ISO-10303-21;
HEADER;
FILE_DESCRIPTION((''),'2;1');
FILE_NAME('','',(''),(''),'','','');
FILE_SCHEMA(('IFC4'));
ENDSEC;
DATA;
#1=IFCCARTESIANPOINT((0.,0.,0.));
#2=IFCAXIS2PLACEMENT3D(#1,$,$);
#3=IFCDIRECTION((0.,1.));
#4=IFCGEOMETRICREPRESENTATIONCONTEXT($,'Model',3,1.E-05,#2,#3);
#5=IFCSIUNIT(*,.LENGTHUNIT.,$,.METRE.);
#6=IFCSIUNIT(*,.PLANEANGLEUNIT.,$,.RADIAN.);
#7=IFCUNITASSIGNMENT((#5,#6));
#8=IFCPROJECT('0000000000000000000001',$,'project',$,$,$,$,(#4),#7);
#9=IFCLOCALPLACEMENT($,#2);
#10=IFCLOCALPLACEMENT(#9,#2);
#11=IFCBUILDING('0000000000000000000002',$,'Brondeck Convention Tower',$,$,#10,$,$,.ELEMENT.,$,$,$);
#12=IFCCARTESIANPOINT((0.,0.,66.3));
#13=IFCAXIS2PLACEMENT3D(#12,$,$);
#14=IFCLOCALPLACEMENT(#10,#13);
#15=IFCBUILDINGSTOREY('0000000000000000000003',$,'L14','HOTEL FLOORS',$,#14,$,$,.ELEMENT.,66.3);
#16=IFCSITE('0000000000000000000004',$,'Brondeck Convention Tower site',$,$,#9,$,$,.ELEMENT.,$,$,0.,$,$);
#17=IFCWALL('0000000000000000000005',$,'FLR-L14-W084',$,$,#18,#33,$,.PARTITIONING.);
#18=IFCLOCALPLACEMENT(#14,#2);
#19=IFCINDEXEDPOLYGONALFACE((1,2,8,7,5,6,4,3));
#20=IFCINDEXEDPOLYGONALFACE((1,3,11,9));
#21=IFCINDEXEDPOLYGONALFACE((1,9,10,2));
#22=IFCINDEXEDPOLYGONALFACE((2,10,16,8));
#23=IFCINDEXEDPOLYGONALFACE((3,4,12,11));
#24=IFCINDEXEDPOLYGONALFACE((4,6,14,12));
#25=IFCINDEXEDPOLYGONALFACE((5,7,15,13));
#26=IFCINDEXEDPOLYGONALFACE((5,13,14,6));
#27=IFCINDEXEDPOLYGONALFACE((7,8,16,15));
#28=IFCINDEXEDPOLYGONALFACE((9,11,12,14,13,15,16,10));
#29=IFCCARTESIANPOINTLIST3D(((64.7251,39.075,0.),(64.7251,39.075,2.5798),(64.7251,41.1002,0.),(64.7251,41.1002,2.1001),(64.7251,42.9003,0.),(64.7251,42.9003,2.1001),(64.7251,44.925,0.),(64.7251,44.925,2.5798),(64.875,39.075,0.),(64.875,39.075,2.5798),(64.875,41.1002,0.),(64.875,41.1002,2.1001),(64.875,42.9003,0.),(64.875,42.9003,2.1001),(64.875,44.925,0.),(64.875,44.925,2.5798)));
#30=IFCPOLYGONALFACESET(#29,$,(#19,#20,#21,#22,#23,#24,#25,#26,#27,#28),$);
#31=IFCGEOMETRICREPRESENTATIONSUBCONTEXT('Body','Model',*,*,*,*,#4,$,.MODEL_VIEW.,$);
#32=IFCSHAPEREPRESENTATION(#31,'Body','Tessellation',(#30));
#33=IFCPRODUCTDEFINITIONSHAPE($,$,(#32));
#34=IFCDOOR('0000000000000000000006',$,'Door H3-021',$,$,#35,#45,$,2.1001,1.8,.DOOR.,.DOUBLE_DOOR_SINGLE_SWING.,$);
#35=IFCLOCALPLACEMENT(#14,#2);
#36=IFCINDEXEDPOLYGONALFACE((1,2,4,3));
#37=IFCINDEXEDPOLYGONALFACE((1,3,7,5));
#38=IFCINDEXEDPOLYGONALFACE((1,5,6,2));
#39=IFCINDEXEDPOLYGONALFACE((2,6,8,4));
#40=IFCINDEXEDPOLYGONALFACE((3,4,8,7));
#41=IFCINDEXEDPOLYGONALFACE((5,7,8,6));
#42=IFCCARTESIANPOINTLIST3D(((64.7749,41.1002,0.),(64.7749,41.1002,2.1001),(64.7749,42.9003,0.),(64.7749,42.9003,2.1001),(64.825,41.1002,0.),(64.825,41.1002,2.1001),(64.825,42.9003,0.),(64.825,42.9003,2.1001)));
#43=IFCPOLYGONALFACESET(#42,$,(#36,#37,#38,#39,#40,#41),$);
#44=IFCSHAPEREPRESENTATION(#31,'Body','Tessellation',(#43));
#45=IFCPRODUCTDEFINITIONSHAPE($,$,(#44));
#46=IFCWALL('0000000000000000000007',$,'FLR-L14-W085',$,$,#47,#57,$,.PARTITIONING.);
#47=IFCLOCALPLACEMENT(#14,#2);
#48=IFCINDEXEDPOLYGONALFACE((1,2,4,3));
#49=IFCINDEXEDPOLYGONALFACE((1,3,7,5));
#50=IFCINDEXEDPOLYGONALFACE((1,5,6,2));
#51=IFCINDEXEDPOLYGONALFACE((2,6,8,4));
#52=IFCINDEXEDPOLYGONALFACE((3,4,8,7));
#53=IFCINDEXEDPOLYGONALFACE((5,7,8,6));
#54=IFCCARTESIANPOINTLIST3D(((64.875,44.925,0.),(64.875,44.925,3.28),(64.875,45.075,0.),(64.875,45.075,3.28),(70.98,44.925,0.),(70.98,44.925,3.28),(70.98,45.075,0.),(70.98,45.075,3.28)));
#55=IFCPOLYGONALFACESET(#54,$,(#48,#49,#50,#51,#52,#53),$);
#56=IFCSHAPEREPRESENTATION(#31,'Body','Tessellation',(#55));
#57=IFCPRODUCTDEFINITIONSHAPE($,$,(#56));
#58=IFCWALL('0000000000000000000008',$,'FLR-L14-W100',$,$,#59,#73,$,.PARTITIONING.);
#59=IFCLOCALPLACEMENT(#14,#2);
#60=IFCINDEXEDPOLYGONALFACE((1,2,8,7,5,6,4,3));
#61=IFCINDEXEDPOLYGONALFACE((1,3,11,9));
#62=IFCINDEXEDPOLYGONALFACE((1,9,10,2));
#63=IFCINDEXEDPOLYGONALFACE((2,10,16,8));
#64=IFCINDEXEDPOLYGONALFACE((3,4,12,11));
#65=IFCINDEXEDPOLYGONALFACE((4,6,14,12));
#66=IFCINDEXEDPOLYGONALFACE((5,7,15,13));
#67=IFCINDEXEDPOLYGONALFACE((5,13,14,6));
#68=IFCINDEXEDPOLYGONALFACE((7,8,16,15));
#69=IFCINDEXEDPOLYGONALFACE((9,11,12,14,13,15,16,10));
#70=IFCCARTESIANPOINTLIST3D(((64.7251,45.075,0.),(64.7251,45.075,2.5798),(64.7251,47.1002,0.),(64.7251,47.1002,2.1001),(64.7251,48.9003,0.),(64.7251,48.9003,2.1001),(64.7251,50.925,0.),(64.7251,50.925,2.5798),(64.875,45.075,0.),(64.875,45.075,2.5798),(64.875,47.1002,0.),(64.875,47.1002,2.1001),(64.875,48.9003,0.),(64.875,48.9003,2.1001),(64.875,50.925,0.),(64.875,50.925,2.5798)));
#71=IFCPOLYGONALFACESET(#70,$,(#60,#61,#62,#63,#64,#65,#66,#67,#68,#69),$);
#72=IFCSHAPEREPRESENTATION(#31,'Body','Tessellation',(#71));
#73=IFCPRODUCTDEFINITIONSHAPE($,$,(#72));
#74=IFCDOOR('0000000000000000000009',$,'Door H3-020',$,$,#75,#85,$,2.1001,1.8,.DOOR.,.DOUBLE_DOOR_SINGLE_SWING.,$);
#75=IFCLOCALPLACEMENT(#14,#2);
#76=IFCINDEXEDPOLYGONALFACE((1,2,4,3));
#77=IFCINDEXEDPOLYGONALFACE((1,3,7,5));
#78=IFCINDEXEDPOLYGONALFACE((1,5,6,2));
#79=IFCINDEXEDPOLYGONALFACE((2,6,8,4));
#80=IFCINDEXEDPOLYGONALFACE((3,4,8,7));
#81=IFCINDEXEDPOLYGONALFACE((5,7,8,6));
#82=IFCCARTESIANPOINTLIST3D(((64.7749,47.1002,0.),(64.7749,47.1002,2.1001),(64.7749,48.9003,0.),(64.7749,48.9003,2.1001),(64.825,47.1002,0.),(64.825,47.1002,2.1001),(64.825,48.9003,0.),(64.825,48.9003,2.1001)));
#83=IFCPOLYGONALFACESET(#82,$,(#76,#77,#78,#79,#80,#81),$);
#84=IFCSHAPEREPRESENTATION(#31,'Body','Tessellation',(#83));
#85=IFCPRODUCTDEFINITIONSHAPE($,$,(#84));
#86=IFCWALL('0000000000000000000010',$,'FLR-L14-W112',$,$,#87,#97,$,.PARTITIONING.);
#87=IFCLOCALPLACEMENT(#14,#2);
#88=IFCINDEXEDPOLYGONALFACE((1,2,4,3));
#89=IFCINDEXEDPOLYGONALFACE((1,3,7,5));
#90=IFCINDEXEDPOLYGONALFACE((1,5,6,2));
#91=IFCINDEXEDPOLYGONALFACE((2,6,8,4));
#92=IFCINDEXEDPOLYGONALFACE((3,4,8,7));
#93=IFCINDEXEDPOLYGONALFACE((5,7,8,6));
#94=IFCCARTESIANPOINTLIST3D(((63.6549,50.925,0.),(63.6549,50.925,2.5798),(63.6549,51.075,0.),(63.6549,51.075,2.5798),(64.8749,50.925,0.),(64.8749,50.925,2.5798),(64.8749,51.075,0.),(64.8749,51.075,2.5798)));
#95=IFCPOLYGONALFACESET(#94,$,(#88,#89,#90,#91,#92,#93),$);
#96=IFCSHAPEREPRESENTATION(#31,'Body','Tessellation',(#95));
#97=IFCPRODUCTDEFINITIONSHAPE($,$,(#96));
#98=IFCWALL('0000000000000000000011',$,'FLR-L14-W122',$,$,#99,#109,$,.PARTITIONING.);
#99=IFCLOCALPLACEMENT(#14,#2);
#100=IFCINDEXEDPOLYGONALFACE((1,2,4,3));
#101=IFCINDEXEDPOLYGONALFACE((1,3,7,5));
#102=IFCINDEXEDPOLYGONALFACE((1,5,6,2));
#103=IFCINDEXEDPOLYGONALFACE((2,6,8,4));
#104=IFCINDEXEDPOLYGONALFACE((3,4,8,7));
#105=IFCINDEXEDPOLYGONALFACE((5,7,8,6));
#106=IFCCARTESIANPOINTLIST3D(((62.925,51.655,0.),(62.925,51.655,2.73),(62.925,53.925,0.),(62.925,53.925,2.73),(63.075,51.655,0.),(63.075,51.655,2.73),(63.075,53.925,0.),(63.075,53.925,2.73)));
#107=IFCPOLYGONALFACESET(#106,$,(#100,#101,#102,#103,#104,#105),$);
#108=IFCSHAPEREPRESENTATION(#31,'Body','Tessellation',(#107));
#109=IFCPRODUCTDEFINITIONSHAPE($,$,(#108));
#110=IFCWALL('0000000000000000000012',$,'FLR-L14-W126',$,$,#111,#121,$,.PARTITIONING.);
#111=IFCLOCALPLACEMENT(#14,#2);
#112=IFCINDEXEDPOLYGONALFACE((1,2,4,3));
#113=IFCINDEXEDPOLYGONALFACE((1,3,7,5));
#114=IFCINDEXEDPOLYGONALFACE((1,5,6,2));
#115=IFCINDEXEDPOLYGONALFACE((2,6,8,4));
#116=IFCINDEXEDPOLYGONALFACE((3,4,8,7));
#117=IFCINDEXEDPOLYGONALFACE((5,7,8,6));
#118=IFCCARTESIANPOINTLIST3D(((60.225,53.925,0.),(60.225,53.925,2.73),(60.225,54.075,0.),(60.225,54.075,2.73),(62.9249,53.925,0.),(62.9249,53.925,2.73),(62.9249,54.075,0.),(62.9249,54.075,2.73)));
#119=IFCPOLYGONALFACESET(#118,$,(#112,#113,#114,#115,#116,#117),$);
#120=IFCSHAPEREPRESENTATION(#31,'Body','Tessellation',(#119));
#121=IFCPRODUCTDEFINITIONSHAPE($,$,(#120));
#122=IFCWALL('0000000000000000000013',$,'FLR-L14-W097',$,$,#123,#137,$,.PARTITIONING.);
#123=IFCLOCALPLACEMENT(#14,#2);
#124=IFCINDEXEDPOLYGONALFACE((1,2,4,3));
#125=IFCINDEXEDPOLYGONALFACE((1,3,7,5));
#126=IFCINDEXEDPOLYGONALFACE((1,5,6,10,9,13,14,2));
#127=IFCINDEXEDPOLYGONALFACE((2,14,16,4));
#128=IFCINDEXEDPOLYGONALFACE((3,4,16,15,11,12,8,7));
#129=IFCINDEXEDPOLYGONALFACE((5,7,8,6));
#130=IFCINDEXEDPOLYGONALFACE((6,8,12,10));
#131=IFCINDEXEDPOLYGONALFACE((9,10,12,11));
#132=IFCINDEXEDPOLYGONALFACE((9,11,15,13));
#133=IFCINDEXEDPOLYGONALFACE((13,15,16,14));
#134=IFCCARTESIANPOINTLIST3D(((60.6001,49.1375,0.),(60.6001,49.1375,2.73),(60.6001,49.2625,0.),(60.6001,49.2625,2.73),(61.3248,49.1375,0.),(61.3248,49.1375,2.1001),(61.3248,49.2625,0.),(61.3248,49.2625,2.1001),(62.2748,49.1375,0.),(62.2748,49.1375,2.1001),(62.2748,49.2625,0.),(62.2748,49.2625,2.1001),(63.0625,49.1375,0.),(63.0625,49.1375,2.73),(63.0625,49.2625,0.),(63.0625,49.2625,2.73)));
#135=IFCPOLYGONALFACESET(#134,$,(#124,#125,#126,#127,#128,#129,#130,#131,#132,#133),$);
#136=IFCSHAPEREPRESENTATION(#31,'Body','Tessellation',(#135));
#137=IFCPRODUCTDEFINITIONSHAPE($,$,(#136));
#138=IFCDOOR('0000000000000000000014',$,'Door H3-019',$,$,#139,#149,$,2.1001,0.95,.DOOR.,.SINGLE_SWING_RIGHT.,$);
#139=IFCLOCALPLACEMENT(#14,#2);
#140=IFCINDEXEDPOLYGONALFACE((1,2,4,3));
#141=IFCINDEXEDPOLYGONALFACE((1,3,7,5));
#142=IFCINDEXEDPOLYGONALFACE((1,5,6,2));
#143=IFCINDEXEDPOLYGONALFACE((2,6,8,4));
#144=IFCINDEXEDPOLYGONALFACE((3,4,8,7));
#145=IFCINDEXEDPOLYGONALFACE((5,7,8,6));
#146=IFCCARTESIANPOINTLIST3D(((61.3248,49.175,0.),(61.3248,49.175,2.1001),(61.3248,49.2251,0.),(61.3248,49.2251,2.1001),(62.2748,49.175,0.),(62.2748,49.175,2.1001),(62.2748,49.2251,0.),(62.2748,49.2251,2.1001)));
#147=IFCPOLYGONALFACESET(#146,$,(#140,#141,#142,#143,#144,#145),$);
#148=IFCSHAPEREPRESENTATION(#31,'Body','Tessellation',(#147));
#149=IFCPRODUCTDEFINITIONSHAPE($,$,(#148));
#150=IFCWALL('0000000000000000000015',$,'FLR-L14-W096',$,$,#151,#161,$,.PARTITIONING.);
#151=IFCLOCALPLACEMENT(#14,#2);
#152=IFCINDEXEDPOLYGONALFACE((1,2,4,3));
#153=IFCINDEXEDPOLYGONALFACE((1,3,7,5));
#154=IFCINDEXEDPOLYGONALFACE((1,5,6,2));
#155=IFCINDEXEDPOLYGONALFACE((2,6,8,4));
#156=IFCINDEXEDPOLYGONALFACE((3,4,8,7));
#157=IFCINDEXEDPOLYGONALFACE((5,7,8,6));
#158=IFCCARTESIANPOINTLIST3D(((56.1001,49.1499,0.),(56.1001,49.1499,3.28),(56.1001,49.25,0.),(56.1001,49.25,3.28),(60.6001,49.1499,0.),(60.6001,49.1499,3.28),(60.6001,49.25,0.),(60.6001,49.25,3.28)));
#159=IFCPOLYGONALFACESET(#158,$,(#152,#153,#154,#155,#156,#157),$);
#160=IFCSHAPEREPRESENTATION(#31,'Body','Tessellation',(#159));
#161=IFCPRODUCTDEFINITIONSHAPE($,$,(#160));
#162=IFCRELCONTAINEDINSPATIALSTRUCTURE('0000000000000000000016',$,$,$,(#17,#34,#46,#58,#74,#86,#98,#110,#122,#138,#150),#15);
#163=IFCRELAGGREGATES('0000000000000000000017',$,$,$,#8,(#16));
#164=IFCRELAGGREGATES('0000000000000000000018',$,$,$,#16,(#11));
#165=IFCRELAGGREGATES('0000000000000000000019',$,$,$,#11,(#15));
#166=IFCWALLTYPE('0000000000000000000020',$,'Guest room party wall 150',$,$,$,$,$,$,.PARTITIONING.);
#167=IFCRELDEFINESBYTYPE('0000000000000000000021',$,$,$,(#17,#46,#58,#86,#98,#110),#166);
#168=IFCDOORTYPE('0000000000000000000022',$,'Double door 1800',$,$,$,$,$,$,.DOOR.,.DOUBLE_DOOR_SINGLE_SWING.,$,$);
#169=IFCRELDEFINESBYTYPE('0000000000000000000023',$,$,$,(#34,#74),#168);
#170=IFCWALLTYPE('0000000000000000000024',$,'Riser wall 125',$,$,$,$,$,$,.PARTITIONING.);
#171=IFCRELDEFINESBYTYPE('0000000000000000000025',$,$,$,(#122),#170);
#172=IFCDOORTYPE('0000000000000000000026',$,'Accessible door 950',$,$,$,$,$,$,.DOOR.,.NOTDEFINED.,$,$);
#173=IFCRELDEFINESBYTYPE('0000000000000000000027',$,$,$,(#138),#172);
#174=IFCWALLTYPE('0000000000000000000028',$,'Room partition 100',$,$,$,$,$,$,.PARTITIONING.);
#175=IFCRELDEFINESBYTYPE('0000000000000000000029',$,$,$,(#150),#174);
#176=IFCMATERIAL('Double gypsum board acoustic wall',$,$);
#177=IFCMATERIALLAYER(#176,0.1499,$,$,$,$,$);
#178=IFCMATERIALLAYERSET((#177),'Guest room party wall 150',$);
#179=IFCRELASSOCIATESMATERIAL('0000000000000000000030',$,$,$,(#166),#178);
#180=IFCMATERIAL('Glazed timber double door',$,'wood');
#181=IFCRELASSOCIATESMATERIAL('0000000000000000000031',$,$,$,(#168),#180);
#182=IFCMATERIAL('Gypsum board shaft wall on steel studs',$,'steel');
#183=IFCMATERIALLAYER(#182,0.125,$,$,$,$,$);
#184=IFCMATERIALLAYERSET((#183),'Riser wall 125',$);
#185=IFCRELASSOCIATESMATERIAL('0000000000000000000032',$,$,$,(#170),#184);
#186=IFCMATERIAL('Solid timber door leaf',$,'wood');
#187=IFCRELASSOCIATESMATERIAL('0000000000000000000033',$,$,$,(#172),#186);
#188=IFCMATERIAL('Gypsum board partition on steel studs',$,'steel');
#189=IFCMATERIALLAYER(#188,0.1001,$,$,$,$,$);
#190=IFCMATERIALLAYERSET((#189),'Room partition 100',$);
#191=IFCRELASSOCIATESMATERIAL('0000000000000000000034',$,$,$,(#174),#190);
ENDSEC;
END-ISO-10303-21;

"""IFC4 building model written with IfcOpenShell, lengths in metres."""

from ifc_helpers import new_model, si_unit, direction, frame, frame_2d, origin, place, context, subcontext, project, spatial, rectangle, extrude, material, layer, layer_set, type_object, element, fill, save


model = new_model("IFC4")

# Units and contexts
model_context = context("Model", 3, precision=1e-05, world=origin(), true_north=direction((0.0, 1.0)))
body_context = subcontext(model_context, "Body", "Model", "MODEL_VIEW")
ifc_project = project(units=[si_unit("LENGTHUNIT", "METRE"), si_unit("PLANEANGLEUNIT", "RADIAN")], contexts=[model_context])

# Site, building, storey
site_placement = place(None, origin())
site = spatial("IfcSite", under=ifc_project, at=site_placement, Name="Brondeck Convention Tower site", CompositionType="ELEMENT", RefElevation=0.0)
building_placement = place(site_placement, origin())
building = spatial("IfcBuilding", under=site, at=building_placement, Name="Brondeck Convention Tower", CompositionType="ELEMENT")
storey_placement = place(building_placement, frame((0.0, 0.0, 66.3)))
storey = spatial("IfcBuildingStorey", under=building, at=storey_placement, Name="L14", Description="HOTEL FLOORS", CompositionType="ELEMENT", Elevation=66.3)

# Wall, opening, door
ifc_material_1 = material(Name="Double gypsum board acoustic wall")
ifc_layer_1 = layer(ifc_material_1, 0.1499)
ifc_layer_set_1 = layer_set([ifc_layer_1], Name="Guest room party wall 150")
wall_type_1 = type_object("IfcWallType", Name="Guest room party wall 150", PredefinedType="PARTITIONING", material=ifc_layer_set_1)
wall_1_placement = place(storey_placement, frame((64.8, 44.925, 0.0), z_axis=(0.0, 0.0, 1.0), x_axis=(0.0, -1.0, 0.0)))
wall_1 = element("IfcWall", 1, at=wall_1_placement, inside=storey, type_object=wall_type_1, Name="FLR-L14-W084", PredefinedType="PARTITIONING", context=body_context, shape_type="SweptSolid", body=[
    extrude(rectangle(XDim=5.8501, YDim=0.1499, at=frame_2d((2.925, 0.0))), origin(), (0.0, 0.0, 1.0), 2.5798),
])
opening_1_placement = place(wall_1_placement, frame((2.0249, 0.0, 0.0)))
opening_1 = element("IfcOpeningElement", 2, at=opening_1_placement, cuts=wall_1, PredefinedType="OPENING", context=body_context, shape_type="SweptSolid", body=[
    extrude(rectangle(XDim=1.8, YDim=2.1001, at=frame_2d((0.8999, 1.05))), frame((0.0, 0.085, 0.0), z_axis=(0.0, -1.0, 0.0), x_axis=(1.0, 0.0, 0.0)), (0.0, 0.0, 1.0), 0.1699),
])
ifc_material_2 = material(Name="Glazed timber double door", Category="wood")
door_type_1 = type_object("IfcDoorType", Name="Double door 1800", OperationType="DOUBLE_DOOR_SINGLE_SWING", PredefinedType="DOOR", material=ifc_material_2)
door_1_placement = place(opening_1_placement, origin())
door_1 = element("IfcDoor", 3, at=door_1_placement, inside=storey, type_object=door_type_1, Name="Door H3-021", OperationType="DOUBLE_DOOR_SINGLE_SWING", OverallHeight=2.1001, OverallWidth=1.8, PredefinedType="DOOR", context=body_context, shape_type="SweptSolid", body=[
    extrude(rectangle(XDim=1.8, YDim=2.1001, at=frame_2d((0.8999, 1.05))), frame((0.0, 0.0249, 0.0), z_axis=(0.0, -1.0, 0.0), x_axis=(1.0, 0.0, 0.0)), (0.0, 0.0, 1.0), 0.05),
])
fill(opening_1, door_1)

# Wall
wall_2_placement = place(storey_placement, frame((70.98, 45.0, 0.0), z_axis=(0.0, 0.0, 1.0), x_axis=(-1.0, 0.0, 0.0)))
element("IfcWall", 4, at=wall_2_placement, inside=storey, type_object=wall_type_1, Name="FLR-L14-W085", PredefinedType="PARTITIONING", context=body_context, shape_type="SweptSolid", body=[
    extrude(rectangle(XDim=6.105, YDim=0.1499, at=frame_2d((3.0525, 0.0))), origin(), (0.0, 0.0, 1.0), 3.28),
])

# Wall, opening, door
wall_3_placement = place(storey_placement, frame((64.8, 50.925, 0.0), z_axis=(0.0, 0.0, 1.0), x_axis=(0.0, -1.0, 0.0)))
wall_3 = element("IfcWall", 5, at=wall_3_placement, inside=storey, type_object=wall_type_1, Name="FLR-L14-W100", PredefinedType="PARTITIONING", context=body_context, shape_type="SweptSolid", body=[
    extrude(rectangle(XDim=5.8501, YDim=0.1499, at=frame_2d((2.925, 0.0))), origin(), (0.0, 0.0, 1.0), 2.5798),
])
opening_2_placement = place(wall_3_placement, frame((2.0249, 0.0, 0.0)))
opening_2 = element("IfcOpeningElement", 6, at=opening_2_placement, cuts=wall_3, PredefinedType="OPENING", context=body_context, shape_type="SweptSolid", body=[
    extrude(rectangle(XDim=1.8, YDim=2.1001, at=frame_2d((0.8999, 1.05))), frame((0.0, 0.085, 0.0), z_axis=(0.0, -1.0, 0.0), x_axis=(1.0, 0.0, 0.0)), (0.0, 0.0, 1.0), 0.1699),
])
door_2_placement = place(opening_2_placement, origin())
door_2 = element("IfcDoor", 7, at=door_2_placement, inside=storey, type_object=door_type_1, Name="Door H3-020", OperationType="DOUBLE_DOOR_SINGLE_SWING", OverallHeight=2.1001, OverallWidth=1.8, PredefinedType="DOOR", context=body_context, shape_type="SweptSolid", body=[
    extrude(rectangle(XDim=1.8, YDim=2.1001, at=frame_2d((0.8999, 1.05))), frame((0.0, 0.0249, 0.0), z_axis=(0.0, -1.0, 0.0), x_axis=(1.0, 0.0, 0.0)), (0.0, 0.0, 1.0), 0.05),
])
fill(opening_2, door_2)

# Walls
wall_4_placement = place(storey_placement, frame((63.655, 51.0, 0.0), z_axis=(0.0, 0.0, 1.0), x_axis=(1.0, 0.0, 0.0)))
element("IfcWall", 8, at=wall_4_placement, inside=storey, type_object=wall_type_1, Name="FLR-L14-W112", PredefinedType="PARTITIONING", context=body_context, shape_type="SweptSolid", body=[
    extrude(rectangle(XDim=1.22, YDim=0.1499, at=frame_2d((0.6099, 0.0))), origin(), (0.0, 0.0, 1.0), 2.5798),
])
wall_5_placement = place(storey_placement, frame((63.0, 53.925, 0.0), z_axis=(0.0, 0.0, 1.0), x_axis=(0.0, -1.0, 0.0)))
element("IfcWall", 9, at=wall_5_placement, inside=storey, type_object=wall_type_1, Name="FLR-L14-W122", PredefinedType="PARTITIONING", context=body_context, shape_type="SweptSolid", body=[
    extrude(rectangle(XDim=2.27, YDim=0.1499, at=frame_2d((1.135, 0.0))), origin(), (0.0, 0.0, 1.0), 2.73),
])
wall_6_placement = place(storey_placement, frame((62.925, 54.0, 0.0), z_axis=(0.0, 0.0, 1.0), x_axis=(-1.0, 0.0, 0.0)))
element("IfcWall", 10, at=wall_6_placement, inside=storey, type_object=wall_type_1, Name="FLR-L14-W126", PredefinedType="PARTITIONING", context=body_context, shape_type="SweptSolid", body=[
    extrude(rectangle(XDim=2.7, YDim=0.1499, at=frame_2d((1.3501, 0.0))), origin(), (0.0, 0.0, 1.0), 2.73),
])

# Wall, opening, door
ifc_material_3 = material(Name="Gypsum board shaft wall on steel studs", Category="steel")
ifc_layer_2 = layer(ifc_material_3, 0.125)
ifc_layer_set_2 = layer_set([ifc_layer_2], Name="Riser wall 125")
wall_type_2 = type_object("IfcWallType", Name="Riser wall 125", PredefinedType="PARTITIONING", material=ifc_layer_set_2)
wall_7_placement = place(storey_placement, frame((63.0625, 49.2, 0.0), z_axis=(0.0, 0.0, 1.0), x_axis=(-1.0, 0.0, 0.0)))
wall_7 = element("IfcWall", 11, at=wall_7_placement, inside=storey, type_object=wall_type_2, Name="FLR-L14-W097", PredefinedType="PARTITIONING", context=body_context, shape_type="SweptSolid", body=[
    extrude(rectangle(XDim=2.4624, YDim=0.125, at=frame_2d((1.2312, 0.0))), origin(), (0.0, 0.0, 1.0), 2.73),
])
opening_3_placement = place(wall_7_placement, frame((0.7876, 0.0, 0.0)))
opening_3 = element("IfcOpeningElement", 12, at=opening_3_placement, cuts=wall_7, PredefinedType="OPENING", context=body_context, shape_type="SweptSolid", body=[
    extrude(rectangle(XDim=0.95, YDim=2.1001, at=frame_2d((0.4751, 1.05))), frame((0.0, 0.0725, 0.0), z_axis=(0.0, -1.0, 0.0), x_axis=(1.0, 0.0, 0.0)), (0.0, 0.0, 1.0), 0.145),
])
ifc_material_4 = material(Name="Solid timber door leaf", Category="wood")
door_type_2 = type_object("IfcDoorType", Name="Accessible door 950", OperationType="NOTDEFINED", PredefinedType="DOOR", material=ifc_material_4)
door_3_placement = place(opening_3_placement, origin())
door_3 = element("IfcDoor", 13, at=door_3_placement, inside=storey, type_object=door_type_2, Name="Door H3-019", OperationType="SINGLE_SWING_RIGHT", OverallHeight=2.1001, OverallWidth=0.95, PredefinedType="DOOR", context=body_context, shape_type="SweptSolid", body=[
    extrude(rectangle(XDim=0.95, YDim=2.1001, at=frame_2d((0.4751, 1.05))), frame((0.0, 0.0249, 0.0), z_axis=(0.0, -1.0, 0.0), x_axis=(1.0, 0.0, 0.0)), (0.0, 0.0, 1.0), 0.05),
])
fill(opening_3, door_3)

# Wall
ifc_material_5 = material(Name="Gypsum board partition on steel studs", Category="steel")
ifc_layer_3 = layer(ifc_material_5, 0.1001)
ifc_layer_set_3 = layer_set([ifc_layer_3], Name="Room partition 100")
wall_type_3 = type_object("IfcWallType", Name="Room partition 100", PredefinedType="PARTITIONING", material=ifc_layer_set_3)
wall_8_placement = place(storey_placement, frame((60.6001, 49.2, 0.0), z_axis=(0.0, 0.0, 1.0), x_axis=(-1.0, 0.0, 0.0)))
element("IfcWall", 14, at=wall_8_placement, inside=storey, type_object=wall_type_3, Name="FLR-L14-W096", PredefinedType="PARTITIONING", context=body_context, shape_type="SweptSolid", body=[
    extrude(rectangle(XDim=4.5, YDim=0.1001, at=frame_2d((2.25, 0.0))), origin(), (0.0, 0.0, 1.0), 3.28),
])

save(model, "model.ifc")
